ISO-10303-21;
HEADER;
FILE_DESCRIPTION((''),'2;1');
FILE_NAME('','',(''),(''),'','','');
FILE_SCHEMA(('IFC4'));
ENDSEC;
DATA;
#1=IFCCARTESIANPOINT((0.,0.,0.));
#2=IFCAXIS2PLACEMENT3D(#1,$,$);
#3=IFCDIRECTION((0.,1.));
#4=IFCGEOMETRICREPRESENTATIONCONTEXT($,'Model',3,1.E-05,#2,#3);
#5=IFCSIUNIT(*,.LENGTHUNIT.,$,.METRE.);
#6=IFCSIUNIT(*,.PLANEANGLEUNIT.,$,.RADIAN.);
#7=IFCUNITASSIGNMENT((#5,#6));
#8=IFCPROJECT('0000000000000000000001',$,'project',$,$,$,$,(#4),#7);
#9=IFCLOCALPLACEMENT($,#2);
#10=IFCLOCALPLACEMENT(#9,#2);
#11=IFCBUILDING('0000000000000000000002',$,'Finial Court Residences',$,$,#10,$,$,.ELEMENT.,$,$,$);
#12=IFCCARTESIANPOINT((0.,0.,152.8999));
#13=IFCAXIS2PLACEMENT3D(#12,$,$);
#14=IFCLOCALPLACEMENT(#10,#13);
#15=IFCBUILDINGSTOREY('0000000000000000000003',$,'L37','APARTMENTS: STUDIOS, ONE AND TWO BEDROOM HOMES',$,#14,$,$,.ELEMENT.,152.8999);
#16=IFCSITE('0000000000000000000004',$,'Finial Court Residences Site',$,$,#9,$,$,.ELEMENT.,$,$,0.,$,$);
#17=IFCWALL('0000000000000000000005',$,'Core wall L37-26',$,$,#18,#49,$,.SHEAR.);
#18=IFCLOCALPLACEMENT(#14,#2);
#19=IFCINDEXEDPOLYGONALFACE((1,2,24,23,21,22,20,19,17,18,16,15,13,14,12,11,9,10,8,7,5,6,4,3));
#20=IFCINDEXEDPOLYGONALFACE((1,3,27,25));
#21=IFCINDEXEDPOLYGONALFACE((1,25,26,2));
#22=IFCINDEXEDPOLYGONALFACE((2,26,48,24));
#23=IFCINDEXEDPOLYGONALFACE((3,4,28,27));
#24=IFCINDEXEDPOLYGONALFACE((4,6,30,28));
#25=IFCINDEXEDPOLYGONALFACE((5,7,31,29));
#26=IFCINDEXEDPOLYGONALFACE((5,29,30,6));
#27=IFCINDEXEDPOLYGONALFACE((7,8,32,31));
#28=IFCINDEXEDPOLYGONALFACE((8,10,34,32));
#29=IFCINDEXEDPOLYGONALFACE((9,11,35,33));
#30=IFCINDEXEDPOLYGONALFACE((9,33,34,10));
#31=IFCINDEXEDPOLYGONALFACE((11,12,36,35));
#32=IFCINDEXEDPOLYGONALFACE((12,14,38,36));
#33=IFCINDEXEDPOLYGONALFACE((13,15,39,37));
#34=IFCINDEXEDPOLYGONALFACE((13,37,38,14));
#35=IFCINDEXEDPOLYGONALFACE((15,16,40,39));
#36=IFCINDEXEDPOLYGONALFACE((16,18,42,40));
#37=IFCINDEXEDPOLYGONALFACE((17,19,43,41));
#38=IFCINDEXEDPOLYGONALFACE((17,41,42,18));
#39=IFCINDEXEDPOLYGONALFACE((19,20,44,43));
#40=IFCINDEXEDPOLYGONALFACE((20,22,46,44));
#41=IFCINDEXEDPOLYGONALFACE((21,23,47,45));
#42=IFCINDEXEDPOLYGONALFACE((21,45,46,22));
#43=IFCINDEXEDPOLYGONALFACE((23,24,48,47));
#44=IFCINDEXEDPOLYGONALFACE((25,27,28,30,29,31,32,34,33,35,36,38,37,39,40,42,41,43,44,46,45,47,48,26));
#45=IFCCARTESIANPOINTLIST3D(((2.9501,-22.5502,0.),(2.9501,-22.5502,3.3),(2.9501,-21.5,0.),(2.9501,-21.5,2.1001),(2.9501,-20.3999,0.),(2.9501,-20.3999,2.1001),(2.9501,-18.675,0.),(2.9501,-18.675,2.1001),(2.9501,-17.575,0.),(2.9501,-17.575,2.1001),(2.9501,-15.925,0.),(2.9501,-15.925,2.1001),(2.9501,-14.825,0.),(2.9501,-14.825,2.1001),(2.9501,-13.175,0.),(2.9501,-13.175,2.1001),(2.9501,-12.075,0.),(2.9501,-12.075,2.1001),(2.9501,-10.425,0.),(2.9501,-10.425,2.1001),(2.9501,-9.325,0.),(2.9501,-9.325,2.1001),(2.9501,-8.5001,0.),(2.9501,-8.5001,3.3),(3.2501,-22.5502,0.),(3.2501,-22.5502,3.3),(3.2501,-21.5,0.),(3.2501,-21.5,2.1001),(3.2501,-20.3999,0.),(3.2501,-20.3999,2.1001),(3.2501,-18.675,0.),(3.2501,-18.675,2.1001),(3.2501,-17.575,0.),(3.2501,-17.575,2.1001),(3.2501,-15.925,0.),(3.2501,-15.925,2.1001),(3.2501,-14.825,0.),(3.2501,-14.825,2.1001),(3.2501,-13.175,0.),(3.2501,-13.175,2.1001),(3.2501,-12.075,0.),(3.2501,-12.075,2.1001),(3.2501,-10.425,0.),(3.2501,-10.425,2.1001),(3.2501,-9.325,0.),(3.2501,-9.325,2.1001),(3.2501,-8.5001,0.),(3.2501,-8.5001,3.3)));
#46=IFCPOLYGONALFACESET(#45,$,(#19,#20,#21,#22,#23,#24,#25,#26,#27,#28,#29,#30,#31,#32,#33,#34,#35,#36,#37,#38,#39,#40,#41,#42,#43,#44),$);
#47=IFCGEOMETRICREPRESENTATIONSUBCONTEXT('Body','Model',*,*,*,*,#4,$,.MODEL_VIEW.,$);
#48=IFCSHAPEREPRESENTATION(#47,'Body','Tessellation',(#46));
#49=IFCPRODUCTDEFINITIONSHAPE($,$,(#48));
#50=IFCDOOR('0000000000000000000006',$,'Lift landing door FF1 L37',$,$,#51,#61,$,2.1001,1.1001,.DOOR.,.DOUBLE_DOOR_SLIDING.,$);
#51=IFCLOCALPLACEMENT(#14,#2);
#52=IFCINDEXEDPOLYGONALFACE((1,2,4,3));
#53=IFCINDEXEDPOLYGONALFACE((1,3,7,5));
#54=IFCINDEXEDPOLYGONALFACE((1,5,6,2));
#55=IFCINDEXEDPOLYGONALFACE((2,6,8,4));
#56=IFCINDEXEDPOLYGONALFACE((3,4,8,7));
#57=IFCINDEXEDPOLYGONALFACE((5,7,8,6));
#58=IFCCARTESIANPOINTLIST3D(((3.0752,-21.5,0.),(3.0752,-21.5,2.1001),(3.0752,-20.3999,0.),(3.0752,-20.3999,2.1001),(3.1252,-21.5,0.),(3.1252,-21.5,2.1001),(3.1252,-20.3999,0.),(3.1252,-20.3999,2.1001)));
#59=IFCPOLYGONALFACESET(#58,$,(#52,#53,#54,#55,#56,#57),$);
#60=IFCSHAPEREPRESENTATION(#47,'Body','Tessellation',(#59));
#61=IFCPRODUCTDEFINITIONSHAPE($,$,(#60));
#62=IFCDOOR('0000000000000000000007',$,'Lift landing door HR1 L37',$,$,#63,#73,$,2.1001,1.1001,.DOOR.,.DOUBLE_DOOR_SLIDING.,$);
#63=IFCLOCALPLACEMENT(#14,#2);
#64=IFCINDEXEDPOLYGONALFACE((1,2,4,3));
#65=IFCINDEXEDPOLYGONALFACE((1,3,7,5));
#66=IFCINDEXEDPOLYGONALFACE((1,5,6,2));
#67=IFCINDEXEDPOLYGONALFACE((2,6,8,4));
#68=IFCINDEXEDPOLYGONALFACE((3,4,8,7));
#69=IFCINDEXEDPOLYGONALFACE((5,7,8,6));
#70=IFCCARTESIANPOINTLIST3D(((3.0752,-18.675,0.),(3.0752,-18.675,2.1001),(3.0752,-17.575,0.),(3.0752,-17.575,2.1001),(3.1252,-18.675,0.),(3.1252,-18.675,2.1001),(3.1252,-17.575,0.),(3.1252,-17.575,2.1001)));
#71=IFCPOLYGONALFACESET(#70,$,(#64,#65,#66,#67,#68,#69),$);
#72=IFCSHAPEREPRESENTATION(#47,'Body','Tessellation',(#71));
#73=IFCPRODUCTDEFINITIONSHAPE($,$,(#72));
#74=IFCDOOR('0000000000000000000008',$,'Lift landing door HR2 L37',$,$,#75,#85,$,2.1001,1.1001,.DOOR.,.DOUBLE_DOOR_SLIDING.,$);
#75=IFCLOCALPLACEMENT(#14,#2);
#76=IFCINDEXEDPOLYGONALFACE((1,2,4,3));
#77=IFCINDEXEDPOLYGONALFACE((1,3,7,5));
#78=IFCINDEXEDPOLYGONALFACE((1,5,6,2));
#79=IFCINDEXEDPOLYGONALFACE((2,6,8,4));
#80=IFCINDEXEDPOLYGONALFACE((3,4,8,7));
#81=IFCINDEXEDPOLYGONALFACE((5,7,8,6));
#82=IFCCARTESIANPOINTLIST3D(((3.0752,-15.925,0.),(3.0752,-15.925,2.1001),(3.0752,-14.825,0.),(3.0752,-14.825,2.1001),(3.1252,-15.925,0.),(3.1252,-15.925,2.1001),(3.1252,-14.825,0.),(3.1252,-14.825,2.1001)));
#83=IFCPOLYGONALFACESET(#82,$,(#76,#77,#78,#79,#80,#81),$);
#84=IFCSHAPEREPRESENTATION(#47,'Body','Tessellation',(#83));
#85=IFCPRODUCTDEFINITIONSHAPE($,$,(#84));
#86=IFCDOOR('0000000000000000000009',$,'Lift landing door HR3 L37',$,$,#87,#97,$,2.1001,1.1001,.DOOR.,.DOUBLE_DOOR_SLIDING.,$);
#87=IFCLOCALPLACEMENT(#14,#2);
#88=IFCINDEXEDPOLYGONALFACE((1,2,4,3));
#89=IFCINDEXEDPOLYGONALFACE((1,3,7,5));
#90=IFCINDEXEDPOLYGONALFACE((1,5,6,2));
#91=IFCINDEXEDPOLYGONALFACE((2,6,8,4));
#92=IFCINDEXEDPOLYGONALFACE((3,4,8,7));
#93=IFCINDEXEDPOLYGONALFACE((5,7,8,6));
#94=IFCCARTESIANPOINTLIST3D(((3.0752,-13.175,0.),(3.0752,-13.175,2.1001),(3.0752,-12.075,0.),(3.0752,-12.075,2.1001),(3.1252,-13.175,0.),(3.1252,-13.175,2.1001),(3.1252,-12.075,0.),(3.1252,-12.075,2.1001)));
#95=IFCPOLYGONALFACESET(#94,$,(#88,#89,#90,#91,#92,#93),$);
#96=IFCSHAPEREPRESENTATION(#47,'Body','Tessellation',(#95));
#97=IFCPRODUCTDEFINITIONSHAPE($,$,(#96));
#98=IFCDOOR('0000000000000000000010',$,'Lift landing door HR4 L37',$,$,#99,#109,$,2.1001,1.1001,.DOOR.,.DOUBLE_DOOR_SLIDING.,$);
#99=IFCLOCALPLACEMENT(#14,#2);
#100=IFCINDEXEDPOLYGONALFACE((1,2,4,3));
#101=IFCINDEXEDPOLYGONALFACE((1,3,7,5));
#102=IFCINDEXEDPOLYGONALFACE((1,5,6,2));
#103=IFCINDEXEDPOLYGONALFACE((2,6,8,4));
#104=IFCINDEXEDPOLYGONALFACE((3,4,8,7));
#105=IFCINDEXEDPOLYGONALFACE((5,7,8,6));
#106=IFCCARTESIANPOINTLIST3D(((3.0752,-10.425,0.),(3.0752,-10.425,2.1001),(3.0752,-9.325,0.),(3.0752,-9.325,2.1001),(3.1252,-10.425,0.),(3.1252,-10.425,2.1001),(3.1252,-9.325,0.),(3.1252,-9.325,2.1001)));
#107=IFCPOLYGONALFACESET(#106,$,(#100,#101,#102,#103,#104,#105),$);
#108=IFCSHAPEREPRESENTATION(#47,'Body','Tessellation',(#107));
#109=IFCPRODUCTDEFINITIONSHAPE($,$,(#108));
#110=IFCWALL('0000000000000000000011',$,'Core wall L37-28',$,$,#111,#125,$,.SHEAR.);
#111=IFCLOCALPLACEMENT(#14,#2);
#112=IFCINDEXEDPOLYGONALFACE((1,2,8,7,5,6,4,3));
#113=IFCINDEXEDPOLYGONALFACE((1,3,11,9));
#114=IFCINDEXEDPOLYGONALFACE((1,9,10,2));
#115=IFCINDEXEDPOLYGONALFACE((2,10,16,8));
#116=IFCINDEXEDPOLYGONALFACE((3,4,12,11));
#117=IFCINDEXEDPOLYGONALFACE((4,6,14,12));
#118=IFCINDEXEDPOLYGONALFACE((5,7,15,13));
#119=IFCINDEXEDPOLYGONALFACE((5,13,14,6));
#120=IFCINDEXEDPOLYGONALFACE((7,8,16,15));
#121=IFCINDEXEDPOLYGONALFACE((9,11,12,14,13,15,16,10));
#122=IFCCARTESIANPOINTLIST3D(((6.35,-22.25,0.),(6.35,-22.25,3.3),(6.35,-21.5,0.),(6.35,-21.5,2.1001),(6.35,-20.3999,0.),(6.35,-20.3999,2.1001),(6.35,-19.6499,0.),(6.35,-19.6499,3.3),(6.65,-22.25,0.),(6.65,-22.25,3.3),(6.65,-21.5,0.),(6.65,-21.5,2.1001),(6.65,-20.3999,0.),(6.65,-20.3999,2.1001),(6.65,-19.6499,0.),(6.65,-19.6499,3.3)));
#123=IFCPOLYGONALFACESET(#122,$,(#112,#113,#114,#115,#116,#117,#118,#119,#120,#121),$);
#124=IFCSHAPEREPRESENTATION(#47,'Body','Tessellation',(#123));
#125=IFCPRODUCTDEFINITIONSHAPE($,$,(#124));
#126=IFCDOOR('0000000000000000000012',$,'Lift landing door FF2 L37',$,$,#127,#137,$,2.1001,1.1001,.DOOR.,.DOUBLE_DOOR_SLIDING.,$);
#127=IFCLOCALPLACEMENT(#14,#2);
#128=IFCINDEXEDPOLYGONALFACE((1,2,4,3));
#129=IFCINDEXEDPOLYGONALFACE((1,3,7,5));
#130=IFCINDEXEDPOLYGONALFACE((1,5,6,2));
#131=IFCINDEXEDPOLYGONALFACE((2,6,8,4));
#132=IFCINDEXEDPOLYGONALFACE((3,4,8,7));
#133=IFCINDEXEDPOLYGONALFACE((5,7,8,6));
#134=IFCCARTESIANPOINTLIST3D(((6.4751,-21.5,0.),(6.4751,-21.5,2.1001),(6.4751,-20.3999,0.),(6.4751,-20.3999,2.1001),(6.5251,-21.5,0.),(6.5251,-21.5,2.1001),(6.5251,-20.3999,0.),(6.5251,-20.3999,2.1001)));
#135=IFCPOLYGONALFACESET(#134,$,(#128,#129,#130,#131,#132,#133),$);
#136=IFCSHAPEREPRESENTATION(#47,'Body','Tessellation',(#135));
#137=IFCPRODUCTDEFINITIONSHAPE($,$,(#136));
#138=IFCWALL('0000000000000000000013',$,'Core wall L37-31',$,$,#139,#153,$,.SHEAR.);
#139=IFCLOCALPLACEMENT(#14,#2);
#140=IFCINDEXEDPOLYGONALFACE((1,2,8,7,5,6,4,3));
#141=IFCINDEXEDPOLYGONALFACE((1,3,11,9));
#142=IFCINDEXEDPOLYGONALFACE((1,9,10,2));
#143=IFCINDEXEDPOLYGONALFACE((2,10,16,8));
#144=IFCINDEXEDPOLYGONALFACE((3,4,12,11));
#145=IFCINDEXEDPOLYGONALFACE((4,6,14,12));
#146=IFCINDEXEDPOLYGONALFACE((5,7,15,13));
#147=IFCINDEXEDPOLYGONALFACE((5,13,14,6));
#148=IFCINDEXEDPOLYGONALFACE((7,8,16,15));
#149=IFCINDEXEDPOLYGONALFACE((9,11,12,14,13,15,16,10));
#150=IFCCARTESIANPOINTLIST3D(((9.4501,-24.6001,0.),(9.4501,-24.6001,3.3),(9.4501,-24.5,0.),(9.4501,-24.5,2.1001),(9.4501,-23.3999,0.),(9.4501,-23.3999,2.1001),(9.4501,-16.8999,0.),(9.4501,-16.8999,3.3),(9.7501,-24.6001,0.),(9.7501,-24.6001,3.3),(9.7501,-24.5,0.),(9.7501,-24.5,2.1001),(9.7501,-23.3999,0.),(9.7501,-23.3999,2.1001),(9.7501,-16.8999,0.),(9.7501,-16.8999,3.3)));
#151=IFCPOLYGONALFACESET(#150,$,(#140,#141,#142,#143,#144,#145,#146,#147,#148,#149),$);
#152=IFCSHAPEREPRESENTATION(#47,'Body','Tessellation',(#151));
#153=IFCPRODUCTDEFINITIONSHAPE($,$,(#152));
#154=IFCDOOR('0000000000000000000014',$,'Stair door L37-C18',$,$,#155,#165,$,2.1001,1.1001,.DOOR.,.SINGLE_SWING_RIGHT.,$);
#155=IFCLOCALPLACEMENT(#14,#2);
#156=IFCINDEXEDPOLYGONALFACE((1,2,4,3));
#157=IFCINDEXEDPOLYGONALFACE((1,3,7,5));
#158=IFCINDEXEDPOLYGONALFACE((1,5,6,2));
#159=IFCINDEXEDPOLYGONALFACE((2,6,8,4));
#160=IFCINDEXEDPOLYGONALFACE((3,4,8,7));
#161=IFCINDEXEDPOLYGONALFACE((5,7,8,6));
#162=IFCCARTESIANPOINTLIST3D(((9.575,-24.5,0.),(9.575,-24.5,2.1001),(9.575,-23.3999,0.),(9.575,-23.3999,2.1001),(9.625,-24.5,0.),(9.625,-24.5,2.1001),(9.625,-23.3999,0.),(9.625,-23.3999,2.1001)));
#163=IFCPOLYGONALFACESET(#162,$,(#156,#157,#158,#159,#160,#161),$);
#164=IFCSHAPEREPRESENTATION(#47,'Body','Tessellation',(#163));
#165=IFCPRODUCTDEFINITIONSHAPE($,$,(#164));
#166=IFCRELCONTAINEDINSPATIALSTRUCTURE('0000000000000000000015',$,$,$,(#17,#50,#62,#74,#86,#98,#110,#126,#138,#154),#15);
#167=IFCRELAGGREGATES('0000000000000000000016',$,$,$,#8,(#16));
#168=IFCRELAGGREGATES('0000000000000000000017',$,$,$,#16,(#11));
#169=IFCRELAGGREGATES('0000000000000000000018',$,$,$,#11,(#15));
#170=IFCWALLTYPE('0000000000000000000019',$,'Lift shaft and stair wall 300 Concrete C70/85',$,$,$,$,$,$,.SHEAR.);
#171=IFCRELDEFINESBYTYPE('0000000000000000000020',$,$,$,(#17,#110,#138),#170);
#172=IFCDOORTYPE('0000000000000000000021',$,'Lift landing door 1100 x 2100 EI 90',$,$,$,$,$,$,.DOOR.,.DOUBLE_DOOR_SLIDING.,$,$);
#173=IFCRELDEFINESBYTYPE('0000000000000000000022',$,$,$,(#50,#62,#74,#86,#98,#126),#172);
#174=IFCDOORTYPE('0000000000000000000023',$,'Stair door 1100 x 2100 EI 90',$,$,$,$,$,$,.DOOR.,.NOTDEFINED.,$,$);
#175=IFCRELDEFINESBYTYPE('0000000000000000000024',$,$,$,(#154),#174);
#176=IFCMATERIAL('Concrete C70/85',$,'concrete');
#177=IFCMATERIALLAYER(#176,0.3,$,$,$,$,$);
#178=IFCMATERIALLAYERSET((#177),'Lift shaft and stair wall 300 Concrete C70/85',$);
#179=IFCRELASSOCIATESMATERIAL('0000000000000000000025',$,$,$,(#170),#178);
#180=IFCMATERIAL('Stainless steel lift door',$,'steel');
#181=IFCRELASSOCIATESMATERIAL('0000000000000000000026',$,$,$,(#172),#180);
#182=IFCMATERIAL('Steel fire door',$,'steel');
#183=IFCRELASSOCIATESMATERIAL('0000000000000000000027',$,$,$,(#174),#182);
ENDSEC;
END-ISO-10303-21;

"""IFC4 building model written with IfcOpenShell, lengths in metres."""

from ifc_helpers import new_model, si_unit, direction, frame, frame_2d, origin, place, context, subcontext, project, spatial, rectangle, extrude, material, layer, layer_set, type_object, element, fill, save


model = new_model("IFC4")

# Units and contexts
model_context = context("Model", 3, precision=1e-05, world=origin(), true_north=direction((0.0, 1.0)))
body_context = subcontext(model_context, "Body", "Model", "MODEL_VIEW")
ifc_project = project(units=[si_unit("LENGTHUNIT", "METRE"), si_unit("PLANEANGLEUNIT", "RADIAN")], contexts=[model_context])

# Site, building, storey
site_placement = place(None, origin())
site = spatial("IfcSite", under=ifc_project, at=site_placement, Name="Finial Court Residences Site", CompositionType="ELEMENT", RefElevation=0.0)
building_placement = place(site_placement, origin())
building = spatial("IfcBuilding", under=site, at=building_placement, Name="Finial Court Residences", CompositionType="ELEMENT")
storey_placement = place(building_placement, frame((0.0, 0.0, 152.8999)))
storey = spatial("IfcBuildingStorey", under=building, at=storey_placement, Name="L37", Description="APARTMENTS: STUDIOS, ONE AND TWO BEDROOM HOMES", CompositionType="ELEMENT", Elevation=152.8999)

# Shared definitions
ifc_material_1 = material(Name="Steel fire door", Category="steel")

# Shared definitions
ifc_material_2 = material(Name="Concrete C70/85", Category="concrete")
ifc_layer_1 = layer(ifc_material_2, 0.3)
ifc_layer_set_1 = layer_set([ifc_layer_1], Name="Lift shaft and stair wall 300 Concrete C70/85")
wall_type_1 = type_object("IfcWallType", Name="Lift shaft and stair wall 300 Concrete C70/85", PredefinedType="SHEAR", material=ifc_layer_set_1)

# Wall, openings, doors
wall_1_placement = place(storey_placement, frame((3.1001, -22.55, 0.0), z_axis=(0.0, 0.0, 1.0), x_axis=(0.0, 1.0, 0.0)))
wall_1 = element("IfcWall", 1, at=wall_1_placement, inside=storey, type_object=wall_type_1, Name="Core wall L37-26", PredefinedType="SHEAR", context=body_context, shape_type="SweptSolid", body=[
    extrude(rectangle(XDim=14.05, YDim=0.3, at=frame_2d((7.0249, 0.0))), origin(), (0.0, 0.0, 1.0), 3.3),
])
opening_1_placement = place(wall_1_placement, frame((1.05, 0.0, 0.0)))
opening_1 = element("IfcOpeningElement", 2, at=opening_1_placement, cuts=wall_1, PredefinedType="OPENING", context=body_context, shape_type="SweptSolid", body=[
    extrude(rectangle(XDim=1.1001, YDim=2.1001, at=frame_2d((0.55, 1.05))), frame((0.0, 0.1599, 0.0), z_axis=(0.0, -1.0, 0.0), x_axis=(1.0, 0.0, 0.0)), (0.0, 0.0, 1.0), 0.3201),
])
opening_2_placement = place(wall_1_placement, frame((3.875, 0.0, 0.0)))
opening_2 = element("IfcOpeningElement", 3, at=opening_2_placement, cuts=wall_1, PredefinedType="OPENING", context=body_context, shape_type="SweptSolid", body=[
    extrude(rectangle(XDim=1.1001, YDim=2.1001, at=frame_2d((0.55, 1.05))), frame((0.0, 0.1599, 0.0), z_axis=(0.0, -1.0, 0.0), x_axis=(1.0, 0.0, 0.0)), (0.0, 0.0, 1.0), 0.3201),
])
opening_3_placement = place(wall_1_placement, frame((6.625, 0.0, 0.0)))
opening_3 = element("IfcOpeningElement", 4, at=opening_3_placement, cuts=wall_1, PredefinedType="OPENING", context=body_context, shape_type="SweptSolid", body=[
    extrude(rectangle(XDim=1.1001, YDim=2.1001, at=frame_2d((0.55, 1.05))), frame((0.0, 0.1599, 0.0), z_axis=(0.0, -1.0, 0.0), x_axis=(1.0, 0.0, 0.0)), (0.0, 0.0, 1.0), 0.3201),
])
opening_4_placement = place(wall_1_placement, frame((9.375, 0.0, 0.0)))
opening_4 = element("IfcOpeningElement", 5, at=opening_4_placement, cuts=wall_1, PredefinedType="OPENING", context=body_context, shape_type="SweptSolid", body=[
    extrude(rectangle(XDim=1.1001, YDim=2.1001, at=frame_2d((0.55, 1.05))), frame((0.0, 0.1599, 0.0), z_axis=(0.0, -1.0, 0.0), x_axis=(1.0, 0.0, 0.0)), (0.0, 0.0, 1.0), 0.3201),
])
opening_5_placement = place(wall_1_placement, frame((12.125, 0.0, 0.0)))
opening_5 = element("IfcOpeningElement", 6, at=opening_5_placement, cuts=wall_1, PredefinedType="OPENING", context=body_context, shape_type="SweptSolid", body=[
    extrude(rectangle(XDim=1.1001, YDim=2.1001, at=frame_2d((0.55, 1.05))), frame((0.0, 0.1599, 0.0), z_axis=(0.0, -1.0, 0.0), x_axis=(1.0, 0.0, 0.0)), (0.0, 0.0, 1.0), 0.3201),
])
ifc_material_3 = material(Name="Stainless steel lift door", Category="steel")
door_type_1 = type_object("IfcDoorType", Name="Lift landing door 1100 x 2100 EI 90", OperationType="DOUBLE_DOOR_SLIDING", PredefinedType="DOOR", material=ifc_material_3)
door_1_placement = place(opening_1_placement, origin())
door_1 = element("IfcDoor", 7, at=door_1_placement, inside=storey, type_object=door_type_1, Name="Lift landing door FF1 L37", OperationType="DOUBLE_DOOR_SLIDING", OverallHeight=2.1001, OverallWidth=1.1001, PredefinedType="DOOR", context=body_context, shape_type="SweptSolid", body=[
    extrude(rectangle(XDim=1.1001, YDim=2.1001, at=frame_2d((0.55, 1.05))), frame((0.0, 0.0249, 0.0), z_axis=(0.0, -1.0, 0.0), x_axis=(1.0, 0.0, 0.0)), (0.0, 0.0, 1.0), 0.05),
])
fill(opening_1, door_1)
door_2_placement = place(opening_2_placement, origin())
door_2 = element("IfcDoor", 8, at=door_2_placement, inside=storey, type_object=door_type_1, Name="Lift landing door HR1 L37", OperationType="DOUBLE_DOOR_SLIDING", OverallHeight=2.1001, OverallWidth=1.1001, PredefinedType="DOOR", context=body_context, shape_type="SweptSolid", body=[
    extrude(rectangle(XDim=1.1001, YDim=2.1001, at=frame_2d((0.55, 1.05))), frame((0.0, 0.0249, 0.0), z_axis=(0.0, -1.0, 0.0), x_axis=(1.0, 0.0, 0.0)), (0.0, 0.0, 1.0), 0.05),
])
fill(opening_2, door_2)
door_3_placement = place(opening_3_placement, origin())
door_3 = element("IfcDoor", 9, at=door_3_placement, inside=storey, type_object=door_type_1, Name="Lift landing door HR2 L37", OperationType="DOUBLE_DOOR_SLIDING", OverallHeight=2.1001, OverallWidth=1.1001, PredefinedType="DOOR", context=body_context, shape_type="SweptSolid", body=[
    extrude(rectangle(XDim=1.1001, YDim=2.1001, at=frame_2d((0.55, 1.05))), frame((0.0, 0.0249, 0.0), z_axis=(0.0, -1.0, 0.0), x_axis=(1.0, 0.0, 0.0)), (0.0, 0.0, 1.0), 0.05),
])
fill(opening_3, door_3)
door_4_placement = place(opening_4_placement, origin())
door_4 = element("IfcDoor", 10, at=door_4_placement, inside=storey, type_object=door_type_1, Name="Lift landing door HR3 L37", OperationType="DOUBLE_DOOR_SLIDING", OverallHeight=2.1001, OverallWidth=1.1001, PredefinedType="DOOR", context=body_context, shape_type="SweptSolid", body=[
    extrude(rectangle(XDim=1.1001, YDim=2.1001, at=frame_2d((0.55, 1.05))), frame((0.0, 0.0249, 0.0), z_axis=(0.0, -1.0, 0.0), x_axis=(1.0, 0.0, 0.0)), (0.0, 0.0, 1.0), 0.05),
])
fill(opening_4, door_4)
door_5_placement = place(opening_5_placement, origin())
door_5 = element("IfcDoor", 11, at=door_5_placement, inside=storey, type_object=door_type_1, Name="Lift landing door HR4 L37", OperationType="DOUBLE_DOOR_SLIDING", OverallHeight=2.1001, OverallWidth=1.1001, PredefinedType="DOOR", context=body_context, shape_type="SweptSolid", body=[
    extrude(rectangle(XDim=1.1001, YDim=2.1001, at=frame_2d((0.55, 1.05))), frame((0.0, 0.0249, 0.0), z_axis=(0.0, -1.0, 0.0), x_axis=(1.0, 0.0, 0.0)), (0.0, 0.0, 1.0), 0.05),
])
fill(opening_5, door_5)

# Walls, openings, doors
wall_2_placement = place(storey_placement, frame((6.5, -22.25, 0.0), z_axis=(0.0, 0.0, 1.0), x_axis=(0.0, 1.0, 0.0)))
wall_2 = element("IfcWall", 12, at=wall_2_placement, inside=storey, type_object=wall_type_1, Name="Core wall L37-28", PredefinedType="SHEAR", context=body_context, shape_type="SweptSolid", body=[
    extrude(rectangle(XDim=2.6001, YDim=0.3, at=frame_2d((1.3, 0.0))), origin(), (0.0, 0.0, 1.0), 3.3),
])
opening_6_placement = place(wall_2_placement, frame((0.75, 0.0, 0.0)))
opening_6 = element("IfcOpeningElement", 13, at=opening_6_placement, cuts=wall_2, PredefinedType="OPENING", context=body_context, shape_type="SweptSolid", body=[
    extrude(rectangle(XDim=1.1001, YDim=2.1001, at=frame_2d((0.55, 1.05))), frame((0.0, 0.1599, 0.0), z_axis=(0.0, -1.0, 0.0), x_axis=(1.0, 0.0, 0.0)), (0.0, 0.0, 1.0), 0.3201),
])
door_6_placement = place(opening_6_placement, origin())
door_6 = element("IfcDoor", 14, at=door_6_placement, inside=storey, type_object=door_type_1, Name="Lift landing door FF2 L37", OperationType="DOUBLE_DOOR_SLIDING", OverallHeight=2.1001, OverallWidth=1.1001, PredefinedType="DOOR", context=body_context, shape_type="SweptSolid", body=[
    extrude(rectangle(XDim=1.1001, YDim=2.1001, at=frame_2d((0.55, 1.05))), frame((0.0, 0.0249, 0.0), z_axis=(0.0, -1.0, 0.0), x_axis=(1.0, 0.0, 0.0)), (0.0, 0.0, 1.0), 0.05),
])
fill(opening_6, door_6)
wall_3_placement = place(storey_placement, frame((9.6001, -16.8999, 0.0), z_axis=(0.0, 0.0, 1.0), x_axis=(0.0, -1.0, 0.0)))
wall_3 = element("IfcWall", 15, at=wall_3_placement, inside=storey, type_object=wall_type_1, Name="Core wall L37-31", PredefinedType="SHEAR", context=body_context, shape_type="SweptSolid", body=[
    extrude(rectangle(XDim=7.7002, YDim=0.3, at=frame_2d((3.8501, 0.0))), origin(), (0.0, 0.0, 1.0), 3.3),
])
opening_7_placement = place(wall_3_placement, frame((6.5, 0.0, 0.0)))
opening_7 = element("IfcOpeningElement", 16, at=opening_7_placement, cuts=wall_3, PredefinedType="OPENING", context=body_context, shape_type="SweptSolid", body=[
    extrude(rectangle(XDim=1.1001, YDim=2.1001, at=frame_2d((0.55, 1.05))), frame((0.0, 0.1599, 0.0), z_axis=(0.0, -1.0, 0.0), x_axis=(1.0, 0.0, 0.0)), (0.0, 0.0, 1.0), 0.3201),
])
door_type_2 = type_object("IfcDoorType", Name="Stair door 1100 x 2100 EI 90", OperationType="NOTDEFINED", PredefinedType="DOOR", material=ifc_material_1)
door_7_placement = place(opening_7_placement, origin())
door_7 = element("IfcDoor", 17, at=door_7_placement, inside=storey, type_object=door_type_2, Name="Stair door L37-C18", OperationType="SINGLE_SWING_RIGHT", OverallHeight=2.1001, OverallWidth=1.1001, PredefinedType="DOOR", context=body_context, shape_type="SweptSolid", body=[
    extrude(rectangle(XDim=1.1001, YDim=2.1001, at=frame_2d((0.55, 1.05))), frame((0.0, 0.0249, 0.0), z_axis=(0.0, -1.0, 0.0), x_axis=(1.0, 0.0, 0.0)), (0.0, 0.0, 1.0), 0.05),
])
fill(opening_7, door_7)

save(model, "model.ifc")
